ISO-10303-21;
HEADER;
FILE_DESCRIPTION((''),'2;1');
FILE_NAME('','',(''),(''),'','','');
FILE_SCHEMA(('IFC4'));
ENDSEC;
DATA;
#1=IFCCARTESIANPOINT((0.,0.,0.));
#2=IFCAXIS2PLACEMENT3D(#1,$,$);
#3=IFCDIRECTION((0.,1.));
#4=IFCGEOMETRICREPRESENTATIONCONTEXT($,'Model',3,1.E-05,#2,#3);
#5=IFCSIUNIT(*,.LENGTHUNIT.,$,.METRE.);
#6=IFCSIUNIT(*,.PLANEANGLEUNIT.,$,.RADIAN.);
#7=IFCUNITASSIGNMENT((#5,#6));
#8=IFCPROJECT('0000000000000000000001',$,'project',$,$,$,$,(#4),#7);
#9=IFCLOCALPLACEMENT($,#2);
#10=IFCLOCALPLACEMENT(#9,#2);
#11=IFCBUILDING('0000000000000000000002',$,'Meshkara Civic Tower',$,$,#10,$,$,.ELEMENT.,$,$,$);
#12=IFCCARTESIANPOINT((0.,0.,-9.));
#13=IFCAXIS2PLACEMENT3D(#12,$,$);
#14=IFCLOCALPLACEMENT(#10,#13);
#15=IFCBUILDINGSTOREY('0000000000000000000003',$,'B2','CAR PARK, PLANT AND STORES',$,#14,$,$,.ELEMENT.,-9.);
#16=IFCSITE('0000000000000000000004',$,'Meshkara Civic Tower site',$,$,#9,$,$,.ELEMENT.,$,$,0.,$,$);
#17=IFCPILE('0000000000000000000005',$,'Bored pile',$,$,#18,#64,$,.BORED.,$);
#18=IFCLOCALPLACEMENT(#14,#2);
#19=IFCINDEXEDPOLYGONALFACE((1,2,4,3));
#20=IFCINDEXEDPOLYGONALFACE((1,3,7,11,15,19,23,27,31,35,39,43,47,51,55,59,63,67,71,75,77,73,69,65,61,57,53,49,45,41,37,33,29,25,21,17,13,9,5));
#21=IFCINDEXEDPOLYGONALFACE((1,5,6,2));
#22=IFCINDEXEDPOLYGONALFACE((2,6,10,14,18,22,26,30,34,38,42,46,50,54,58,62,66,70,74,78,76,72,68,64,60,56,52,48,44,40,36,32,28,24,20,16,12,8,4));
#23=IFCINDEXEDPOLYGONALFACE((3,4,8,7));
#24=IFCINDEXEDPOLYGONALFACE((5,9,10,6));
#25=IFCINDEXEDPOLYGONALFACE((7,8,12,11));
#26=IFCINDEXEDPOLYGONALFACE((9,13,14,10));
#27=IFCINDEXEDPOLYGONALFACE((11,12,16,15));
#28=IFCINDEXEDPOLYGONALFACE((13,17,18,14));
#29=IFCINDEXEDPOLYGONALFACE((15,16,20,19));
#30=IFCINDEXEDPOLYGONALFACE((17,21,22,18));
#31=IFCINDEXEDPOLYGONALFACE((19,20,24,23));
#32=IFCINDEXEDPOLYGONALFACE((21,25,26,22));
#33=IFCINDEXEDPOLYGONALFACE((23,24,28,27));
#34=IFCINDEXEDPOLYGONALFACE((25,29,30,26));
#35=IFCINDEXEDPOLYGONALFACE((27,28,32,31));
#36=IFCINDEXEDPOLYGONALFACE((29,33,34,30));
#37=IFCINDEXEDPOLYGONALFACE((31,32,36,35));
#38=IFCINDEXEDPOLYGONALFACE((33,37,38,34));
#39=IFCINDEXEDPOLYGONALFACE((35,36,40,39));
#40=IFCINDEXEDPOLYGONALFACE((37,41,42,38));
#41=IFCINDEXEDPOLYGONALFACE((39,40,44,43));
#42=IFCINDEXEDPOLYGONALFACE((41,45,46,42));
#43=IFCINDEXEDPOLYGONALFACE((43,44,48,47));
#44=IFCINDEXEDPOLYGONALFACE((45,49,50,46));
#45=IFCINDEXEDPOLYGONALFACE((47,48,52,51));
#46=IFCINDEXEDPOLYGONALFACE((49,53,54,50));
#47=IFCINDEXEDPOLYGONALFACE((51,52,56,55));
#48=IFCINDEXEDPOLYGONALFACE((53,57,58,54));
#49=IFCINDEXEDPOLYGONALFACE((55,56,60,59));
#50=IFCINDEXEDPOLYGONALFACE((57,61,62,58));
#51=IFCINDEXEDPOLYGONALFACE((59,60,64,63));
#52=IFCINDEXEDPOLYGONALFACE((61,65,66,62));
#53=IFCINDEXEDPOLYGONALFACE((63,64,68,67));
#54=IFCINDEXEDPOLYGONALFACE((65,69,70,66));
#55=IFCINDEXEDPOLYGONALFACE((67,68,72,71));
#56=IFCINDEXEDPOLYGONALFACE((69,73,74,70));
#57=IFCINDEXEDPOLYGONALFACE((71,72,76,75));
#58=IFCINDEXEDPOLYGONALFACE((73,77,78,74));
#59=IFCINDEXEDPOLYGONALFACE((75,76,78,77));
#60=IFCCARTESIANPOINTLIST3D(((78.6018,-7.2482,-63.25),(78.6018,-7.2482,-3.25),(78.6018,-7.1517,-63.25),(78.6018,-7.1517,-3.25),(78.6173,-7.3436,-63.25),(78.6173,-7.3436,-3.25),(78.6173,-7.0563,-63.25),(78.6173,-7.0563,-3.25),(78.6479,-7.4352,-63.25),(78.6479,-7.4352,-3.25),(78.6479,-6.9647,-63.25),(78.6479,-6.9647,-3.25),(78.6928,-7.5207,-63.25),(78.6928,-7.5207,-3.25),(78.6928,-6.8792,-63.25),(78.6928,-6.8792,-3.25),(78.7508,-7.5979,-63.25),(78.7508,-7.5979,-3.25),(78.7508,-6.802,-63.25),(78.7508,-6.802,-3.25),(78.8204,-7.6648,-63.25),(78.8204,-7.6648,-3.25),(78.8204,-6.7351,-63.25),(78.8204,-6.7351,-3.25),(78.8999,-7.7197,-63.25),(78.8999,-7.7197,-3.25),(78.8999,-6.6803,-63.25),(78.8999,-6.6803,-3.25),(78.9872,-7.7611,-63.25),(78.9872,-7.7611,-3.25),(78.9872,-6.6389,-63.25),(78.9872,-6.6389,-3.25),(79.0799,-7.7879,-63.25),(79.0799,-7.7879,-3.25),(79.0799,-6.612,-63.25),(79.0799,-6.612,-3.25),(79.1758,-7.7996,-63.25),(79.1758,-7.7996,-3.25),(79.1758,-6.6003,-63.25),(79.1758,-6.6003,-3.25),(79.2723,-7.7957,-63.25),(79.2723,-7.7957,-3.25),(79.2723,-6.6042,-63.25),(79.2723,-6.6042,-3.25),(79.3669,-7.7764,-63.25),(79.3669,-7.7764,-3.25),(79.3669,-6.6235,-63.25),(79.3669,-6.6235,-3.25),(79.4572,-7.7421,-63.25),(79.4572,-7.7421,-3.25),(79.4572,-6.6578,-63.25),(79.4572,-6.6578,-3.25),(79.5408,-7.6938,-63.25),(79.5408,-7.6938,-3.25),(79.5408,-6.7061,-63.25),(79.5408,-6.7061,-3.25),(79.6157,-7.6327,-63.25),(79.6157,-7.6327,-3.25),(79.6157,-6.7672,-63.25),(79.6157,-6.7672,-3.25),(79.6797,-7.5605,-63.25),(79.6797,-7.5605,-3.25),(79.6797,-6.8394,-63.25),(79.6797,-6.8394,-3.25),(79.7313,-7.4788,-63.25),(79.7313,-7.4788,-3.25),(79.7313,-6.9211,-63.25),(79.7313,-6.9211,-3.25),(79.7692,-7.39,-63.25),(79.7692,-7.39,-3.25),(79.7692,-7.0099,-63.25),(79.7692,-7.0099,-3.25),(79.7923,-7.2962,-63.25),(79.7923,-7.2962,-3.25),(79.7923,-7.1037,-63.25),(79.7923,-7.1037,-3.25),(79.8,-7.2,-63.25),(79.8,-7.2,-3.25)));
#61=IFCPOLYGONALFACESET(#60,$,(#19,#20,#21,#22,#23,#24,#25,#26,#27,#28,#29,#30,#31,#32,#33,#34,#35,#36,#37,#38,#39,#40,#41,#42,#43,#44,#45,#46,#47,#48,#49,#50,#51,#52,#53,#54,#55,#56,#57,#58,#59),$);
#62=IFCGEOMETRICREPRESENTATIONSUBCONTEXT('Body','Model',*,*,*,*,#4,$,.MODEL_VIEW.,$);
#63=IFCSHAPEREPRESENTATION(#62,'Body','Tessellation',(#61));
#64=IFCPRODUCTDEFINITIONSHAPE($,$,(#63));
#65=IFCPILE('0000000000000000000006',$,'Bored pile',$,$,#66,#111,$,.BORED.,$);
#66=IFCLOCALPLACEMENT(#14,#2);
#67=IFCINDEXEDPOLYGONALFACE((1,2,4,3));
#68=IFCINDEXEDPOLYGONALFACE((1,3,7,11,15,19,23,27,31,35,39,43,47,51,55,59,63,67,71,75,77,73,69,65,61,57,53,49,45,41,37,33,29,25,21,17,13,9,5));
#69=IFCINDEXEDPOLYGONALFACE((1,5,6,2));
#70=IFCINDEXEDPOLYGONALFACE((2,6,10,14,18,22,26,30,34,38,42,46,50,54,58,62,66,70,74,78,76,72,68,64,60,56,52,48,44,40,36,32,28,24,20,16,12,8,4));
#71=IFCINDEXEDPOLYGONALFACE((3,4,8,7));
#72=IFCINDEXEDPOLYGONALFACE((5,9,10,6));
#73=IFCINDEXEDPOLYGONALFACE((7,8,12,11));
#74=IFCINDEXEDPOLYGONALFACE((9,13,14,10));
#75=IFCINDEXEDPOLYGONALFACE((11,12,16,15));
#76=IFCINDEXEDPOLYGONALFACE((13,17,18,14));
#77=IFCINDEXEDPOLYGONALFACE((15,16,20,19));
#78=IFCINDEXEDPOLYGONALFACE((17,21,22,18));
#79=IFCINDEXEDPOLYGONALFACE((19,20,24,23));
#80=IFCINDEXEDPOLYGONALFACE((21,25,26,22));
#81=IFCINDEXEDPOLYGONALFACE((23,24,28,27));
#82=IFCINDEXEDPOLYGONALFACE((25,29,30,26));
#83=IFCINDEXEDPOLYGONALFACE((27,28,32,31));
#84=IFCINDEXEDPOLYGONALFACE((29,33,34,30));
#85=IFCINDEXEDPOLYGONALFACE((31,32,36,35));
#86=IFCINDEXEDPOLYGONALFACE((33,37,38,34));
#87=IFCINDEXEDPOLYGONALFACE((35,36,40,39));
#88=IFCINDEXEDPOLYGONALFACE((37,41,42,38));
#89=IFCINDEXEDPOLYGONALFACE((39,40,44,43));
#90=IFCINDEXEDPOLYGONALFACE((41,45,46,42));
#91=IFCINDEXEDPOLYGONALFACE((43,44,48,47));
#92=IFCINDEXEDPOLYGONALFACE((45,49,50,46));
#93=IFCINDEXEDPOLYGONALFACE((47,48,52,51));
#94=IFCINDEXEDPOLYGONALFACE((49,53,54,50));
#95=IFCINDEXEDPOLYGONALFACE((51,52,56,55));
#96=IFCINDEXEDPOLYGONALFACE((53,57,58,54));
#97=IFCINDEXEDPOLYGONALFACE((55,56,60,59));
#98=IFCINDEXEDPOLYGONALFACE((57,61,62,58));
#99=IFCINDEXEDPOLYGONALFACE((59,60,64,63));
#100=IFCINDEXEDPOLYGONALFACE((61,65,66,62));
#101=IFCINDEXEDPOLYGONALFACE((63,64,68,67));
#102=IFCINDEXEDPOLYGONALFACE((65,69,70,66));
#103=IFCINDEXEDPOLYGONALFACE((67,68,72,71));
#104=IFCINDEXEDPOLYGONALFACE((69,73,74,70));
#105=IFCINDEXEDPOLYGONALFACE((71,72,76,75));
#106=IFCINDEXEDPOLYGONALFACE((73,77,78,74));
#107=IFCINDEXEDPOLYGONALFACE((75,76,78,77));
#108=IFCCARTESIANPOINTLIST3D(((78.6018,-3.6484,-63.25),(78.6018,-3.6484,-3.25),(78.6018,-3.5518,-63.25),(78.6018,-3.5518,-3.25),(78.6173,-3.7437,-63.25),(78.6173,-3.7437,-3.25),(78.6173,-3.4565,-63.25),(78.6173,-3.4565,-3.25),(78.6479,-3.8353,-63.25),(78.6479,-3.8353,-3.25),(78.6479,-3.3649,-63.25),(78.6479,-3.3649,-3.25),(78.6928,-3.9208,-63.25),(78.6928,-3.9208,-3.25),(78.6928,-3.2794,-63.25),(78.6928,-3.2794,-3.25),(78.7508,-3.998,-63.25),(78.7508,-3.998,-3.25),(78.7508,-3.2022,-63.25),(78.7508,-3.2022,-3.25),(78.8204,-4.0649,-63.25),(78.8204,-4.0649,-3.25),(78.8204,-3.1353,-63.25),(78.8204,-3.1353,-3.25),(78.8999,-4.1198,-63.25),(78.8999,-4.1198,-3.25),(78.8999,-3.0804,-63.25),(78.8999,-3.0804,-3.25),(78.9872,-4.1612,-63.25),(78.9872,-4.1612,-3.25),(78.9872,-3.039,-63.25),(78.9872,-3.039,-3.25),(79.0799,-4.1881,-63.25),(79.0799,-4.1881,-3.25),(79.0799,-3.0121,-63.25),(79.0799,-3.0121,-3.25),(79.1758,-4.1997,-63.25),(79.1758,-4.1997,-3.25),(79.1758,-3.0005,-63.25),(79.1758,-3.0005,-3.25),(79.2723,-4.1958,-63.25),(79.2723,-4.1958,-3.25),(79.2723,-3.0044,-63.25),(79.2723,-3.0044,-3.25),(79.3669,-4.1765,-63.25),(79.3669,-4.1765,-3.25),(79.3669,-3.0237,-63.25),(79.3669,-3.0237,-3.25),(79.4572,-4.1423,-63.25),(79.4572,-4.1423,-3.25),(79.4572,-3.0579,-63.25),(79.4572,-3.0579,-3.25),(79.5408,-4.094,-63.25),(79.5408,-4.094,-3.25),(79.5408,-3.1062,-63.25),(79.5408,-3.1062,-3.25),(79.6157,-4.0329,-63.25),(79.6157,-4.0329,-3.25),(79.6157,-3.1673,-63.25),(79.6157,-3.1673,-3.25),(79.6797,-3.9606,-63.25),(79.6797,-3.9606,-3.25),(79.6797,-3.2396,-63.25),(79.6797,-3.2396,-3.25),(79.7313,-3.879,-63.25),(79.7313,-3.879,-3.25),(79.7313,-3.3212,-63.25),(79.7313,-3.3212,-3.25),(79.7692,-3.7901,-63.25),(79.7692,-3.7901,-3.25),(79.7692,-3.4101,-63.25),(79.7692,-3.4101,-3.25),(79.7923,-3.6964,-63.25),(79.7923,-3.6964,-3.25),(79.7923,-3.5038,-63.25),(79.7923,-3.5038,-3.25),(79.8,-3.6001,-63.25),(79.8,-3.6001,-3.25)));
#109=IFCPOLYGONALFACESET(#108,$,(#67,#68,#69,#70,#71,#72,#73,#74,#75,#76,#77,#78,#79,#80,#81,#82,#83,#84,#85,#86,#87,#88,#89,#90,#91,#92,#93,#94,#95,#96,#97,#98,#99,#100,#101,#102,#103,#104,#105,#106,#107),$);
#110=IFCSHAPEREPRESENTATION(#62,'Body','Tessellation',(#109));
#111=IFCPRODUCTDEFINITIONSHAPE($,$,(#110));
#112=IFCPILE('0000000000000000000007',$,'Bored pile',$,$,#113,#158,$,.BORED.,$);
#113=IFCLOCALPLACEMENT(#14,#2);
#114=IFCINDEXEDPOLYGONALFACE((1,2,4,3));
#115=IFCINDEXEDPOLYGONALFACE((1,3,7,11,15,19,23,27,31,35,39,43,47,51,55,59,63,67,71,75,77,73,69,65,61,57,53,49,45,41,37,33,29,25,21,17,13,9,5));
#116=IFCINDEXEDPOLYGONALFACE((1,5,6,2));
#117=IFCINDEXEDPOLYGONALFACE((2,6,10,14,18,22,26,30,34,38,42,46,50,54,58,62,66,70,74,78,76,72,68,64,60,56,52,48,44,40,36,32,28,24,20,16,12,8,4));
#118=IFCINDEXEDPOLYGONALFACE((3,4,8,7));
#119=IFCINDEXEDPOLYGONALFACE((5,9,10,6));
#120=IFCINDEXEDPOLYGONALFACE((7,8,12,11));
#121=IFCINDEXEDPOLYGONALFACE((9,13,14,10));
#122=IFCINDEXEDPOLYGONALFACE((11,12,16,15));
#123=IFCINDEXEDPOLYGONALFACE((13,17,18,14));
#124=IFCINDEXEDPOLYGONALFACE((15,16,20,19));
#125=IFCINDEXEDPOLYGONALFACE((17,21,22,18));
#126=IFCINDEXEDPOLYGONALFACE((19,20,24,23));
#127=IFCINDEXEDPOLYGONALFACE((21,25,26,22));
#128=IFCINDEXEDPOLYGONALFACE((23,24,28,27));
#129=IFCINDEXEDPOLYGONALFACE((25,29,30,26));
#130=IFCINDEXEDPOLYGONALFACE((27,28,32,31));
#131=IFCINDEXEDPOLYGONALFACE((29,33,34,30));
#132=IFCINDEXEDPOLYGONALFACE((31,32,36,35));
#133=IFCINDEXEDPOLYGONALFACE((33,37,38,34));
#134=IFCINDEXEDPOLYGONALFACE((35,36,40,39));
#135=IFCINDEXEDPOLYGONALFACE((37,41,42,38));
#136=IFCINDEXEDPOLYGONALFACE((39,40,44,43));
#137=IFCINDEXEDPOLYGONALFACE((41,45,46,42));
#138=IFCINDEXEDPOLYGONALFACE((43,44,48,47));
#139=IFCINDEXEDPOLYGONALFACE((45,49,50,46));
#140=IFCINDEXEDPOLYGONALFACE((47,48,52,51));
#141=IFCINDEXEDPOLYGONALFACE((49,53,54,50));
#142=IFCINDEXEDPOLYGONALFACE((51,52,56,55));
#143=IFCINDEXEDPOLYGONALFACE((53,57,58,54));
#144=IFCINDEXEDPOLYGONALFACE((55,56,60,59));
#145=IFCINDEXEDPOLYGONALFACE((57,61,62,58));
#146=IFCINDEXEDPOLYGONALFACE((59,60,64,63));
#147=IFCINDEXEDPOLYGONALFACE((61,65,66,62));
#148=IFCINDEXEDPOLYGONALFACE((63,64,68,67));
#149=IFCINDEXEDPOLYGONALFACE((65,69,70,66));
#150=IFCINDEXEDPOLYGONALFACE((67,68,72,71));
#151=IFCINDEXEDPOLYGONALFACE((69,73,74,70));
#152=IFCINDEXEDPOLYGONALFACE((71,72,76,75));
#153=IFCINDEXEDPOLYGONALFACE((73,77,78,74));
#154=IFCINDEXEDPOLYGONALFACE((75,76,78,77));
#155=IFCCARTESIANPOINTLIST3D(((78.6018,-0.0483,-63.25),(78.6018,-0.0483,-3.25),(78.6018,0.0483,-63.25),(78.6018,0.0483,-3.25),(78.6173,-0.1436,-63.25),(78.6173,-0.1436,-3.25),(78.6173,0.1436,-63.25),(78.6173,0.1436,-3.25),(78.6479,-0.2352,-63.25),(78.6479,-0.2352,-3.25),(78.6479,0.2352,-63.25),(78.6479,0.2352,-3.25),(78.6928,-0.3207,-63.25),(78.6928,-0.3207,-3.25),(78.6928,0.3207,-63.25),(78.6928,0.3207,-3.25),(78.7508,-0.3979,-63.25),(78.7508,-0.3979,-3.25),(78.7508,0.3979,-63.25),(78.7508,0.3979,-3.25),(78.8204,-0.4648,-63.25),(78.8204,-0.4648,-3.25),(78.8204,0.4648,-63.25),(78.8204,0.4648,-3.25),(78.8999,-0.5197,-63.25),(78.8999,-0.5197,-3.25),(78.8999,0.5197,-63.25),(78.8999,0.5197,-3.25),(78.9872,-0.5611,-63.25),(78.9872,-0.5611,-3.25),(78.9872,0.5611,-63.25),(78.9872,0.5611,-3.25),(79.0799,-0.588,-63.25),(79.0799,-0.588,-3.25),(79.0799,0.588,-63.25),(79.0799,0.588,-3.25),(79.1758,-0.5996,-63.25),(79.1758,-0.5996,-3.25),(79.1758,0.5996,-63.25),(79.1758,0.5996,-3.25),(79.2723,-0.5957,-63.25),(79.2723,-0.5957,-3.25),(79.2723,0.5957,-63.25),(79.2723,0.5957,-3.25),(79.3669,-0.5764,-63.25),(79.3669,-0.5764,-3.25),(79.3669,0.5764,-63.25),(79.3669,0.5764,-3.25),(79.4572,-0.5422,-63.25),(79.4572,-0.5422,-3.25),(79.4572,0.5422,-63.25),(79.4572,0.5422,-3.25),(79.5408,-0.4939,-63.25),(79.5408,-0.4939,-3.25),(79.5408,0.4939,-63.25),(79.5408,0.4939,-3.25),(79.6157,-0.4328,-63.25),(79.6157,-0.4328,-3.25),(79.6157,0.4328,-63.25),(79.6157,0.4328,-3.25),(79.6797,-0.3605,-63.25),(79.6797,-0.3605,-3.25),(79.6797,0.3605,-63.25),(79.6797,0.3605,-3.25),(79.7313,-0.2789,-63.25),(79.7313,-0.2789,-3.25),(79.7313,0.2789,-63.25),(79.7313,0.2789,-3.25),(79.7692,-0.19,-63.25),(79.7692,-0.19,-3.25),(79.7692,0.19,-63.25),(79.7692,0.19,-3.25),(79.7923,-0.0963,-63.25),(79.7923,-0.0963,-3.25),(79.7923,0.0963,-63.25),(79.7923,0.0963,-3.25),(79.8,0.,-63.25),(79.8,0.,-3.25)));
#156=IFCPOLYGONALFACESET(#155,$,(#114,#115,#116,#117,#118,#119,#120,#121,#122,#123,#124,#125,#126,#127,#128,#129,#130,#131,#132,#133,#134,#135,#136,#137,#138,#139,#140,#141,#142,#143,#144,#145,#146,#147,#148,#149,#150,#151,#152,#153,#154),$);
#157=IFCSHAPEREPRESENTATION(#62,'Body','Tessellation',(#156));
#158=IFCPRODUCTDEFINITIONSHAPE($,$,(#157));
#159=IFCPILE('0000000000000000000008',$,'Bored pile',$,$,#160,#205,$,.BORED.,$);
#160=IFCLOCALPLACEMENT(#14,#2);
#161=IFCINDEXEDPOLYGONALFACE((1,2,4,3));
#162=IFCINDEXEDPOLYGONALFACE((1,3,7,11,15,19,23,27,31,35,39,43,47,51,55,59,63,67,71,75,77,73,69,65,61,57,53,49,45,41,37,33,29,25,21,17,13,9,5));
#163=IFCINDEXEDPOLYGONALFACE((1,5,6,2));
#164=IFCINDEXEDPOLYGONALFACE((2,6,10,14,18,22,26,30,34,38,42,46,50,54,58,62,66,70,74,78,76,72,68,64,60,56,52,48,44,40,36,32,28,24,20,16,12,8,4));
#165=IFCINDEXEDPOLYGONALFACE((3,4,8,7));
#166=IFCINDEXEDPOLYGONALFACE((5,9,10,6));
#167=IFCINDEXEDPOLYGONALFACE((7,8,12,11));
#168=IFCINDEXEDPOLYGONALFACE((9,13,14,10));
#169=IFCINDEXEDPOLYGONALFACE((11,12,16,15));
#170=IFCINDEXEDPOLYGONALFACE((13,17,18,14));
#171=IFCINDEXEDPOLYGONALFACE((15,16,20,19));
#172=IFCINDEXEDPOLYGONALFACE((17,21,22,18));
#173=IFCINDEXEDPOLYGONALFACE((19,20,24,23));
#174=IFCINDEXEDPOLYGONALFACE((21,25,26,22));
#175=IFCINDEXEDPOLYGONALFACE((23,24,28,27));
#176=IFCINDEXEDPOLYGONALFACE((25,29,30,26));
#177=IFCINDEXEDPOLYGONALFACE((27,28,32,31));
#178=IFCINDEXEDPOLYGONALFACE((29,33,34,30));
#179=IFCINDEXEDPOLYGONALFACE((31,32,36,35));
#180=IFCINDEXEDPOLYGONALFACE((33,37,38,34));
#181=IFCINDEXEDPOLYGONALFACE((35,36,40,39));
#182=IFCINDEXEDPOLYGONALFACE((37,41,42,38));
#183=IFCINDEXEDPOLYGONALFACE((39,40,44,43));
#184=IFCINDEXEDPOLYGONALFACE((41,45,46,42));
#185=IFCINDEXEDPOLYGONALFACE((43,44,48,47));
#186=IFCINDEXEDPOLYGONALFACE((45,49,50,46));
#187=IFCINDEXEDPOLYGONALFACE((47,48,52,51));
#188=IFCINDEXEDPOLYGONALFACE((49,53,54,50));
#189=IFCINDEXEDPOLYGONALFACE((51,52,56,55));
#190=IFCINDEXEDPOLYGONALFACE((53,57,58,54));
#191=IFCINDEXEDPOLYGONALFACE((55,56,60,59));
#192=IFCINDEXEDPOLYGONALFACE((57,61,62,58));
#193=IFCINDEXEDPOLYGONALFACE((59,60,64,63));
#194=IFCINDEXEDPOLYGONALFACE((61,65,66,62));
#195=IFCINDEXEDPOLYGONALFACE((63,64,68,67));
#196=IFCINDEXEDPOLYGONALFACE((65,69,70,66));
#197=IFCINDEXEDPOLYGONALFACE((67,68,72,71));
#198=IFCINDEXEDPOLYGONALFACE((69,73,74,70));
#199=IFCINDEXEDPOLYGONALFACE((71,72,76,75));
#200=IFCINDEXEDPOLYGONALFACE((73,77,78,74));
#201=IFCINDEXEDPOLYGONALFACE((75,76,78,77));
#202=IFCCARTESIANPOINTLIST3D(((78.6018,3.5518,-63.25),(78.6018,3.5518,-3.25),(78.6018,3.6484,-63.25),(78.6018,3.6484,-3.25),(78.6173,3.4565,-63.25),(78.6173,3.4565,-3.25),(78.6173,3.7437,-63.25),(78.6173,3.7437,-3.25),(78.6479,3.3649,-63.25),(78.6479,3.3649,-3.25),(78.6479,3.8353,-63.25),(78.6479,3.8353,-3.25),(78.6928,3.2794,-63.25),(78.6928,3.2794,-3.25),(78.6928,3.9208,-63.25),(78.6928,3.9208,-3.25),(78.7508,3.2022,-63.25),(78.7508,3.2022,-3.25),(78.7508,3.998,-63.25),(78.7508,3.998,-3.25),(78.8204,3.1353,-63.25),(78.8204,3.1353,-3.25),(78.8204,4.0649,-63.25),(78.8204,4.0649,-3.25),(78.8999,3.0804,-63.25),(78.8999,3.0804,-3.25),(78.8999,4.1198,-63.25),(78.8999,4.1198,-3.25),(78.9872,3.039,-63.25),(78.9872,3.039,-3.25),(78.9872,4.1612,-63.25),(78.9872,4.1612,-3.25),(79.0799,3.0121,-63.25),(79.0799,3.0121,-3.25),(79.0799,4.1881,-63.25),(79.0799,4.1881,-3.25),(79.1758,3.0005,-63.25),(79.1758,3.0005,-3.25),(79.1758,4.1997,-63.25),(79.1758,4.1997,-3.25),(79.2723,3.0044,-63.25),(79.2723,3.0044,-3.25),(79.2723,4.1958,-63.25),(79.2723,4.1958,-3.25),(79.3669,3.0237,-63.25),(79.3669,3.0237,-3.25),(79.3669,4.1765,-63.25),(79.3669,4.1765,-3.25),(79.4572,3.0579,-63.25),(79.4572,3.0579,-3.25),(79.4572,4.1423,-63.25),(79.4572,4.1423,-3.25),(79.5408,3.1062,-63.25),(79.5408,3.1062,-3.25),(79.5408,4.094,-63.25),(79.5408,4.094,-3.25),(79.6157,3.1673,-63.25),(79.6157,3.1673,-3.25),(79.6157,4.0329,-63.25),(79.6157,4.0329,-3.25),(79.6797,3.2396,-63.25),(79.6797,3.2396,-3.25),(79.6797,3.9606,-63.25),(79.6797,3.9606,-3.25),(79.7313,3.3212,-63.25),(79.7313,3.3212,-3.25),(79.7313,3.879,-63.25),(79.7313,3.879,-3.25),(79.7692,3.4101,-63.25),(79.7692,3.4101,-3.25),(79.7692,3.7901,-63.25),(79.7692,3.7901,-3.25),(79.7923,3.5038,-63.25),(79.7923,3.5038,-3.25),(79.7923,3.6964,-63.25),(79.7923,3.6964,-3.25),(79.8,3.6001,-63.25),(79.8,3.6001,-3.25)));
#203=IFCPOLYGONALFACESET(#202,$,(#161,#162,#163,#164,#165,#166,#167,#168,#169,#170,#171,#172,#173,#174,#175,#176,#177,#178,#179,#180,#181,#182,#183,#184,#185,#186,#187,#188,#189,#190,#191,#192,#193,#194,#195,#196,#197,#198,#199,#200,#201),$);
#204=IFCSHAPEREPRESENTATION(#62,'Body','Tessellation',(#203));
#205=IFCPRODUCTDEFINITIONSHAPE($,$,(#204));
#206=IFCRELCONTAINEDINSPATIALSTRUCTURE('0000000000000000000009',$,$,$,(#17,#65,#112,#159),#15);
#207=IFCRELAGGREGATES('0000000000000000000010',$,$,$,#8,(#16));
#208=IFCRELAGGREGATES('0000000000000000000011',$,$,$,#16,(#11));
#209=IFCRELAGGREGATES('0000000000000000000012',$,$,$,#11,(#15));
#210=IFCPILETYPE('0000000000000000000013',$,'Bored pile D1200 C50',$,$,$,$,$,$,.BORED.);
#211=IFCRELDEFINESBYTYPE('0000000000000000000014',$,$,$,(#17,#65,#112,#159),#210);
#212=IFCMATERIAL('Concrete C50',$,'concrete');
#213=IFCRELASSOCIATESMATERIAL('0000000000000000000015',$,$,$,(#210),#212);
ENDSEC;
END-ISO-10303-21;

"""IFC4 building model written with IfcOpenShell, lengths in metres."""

from ifc_helpers import new_model, si_unit, direction, frame, origin, origin_2d, place, context, subcontext, project, spatial, circle, extrude, material, material_profile, profile_set, type_object, element, save


model = new_model("IFC4")

# Units and contexts
model_context = context("Model", 3, precision=1e-05, world=origin(), true_north=direction((0.0, 1.0)))
body_context = subcontext(model_context, "Body", "Model", "MODEL_VIEW")
ifc_project = project(units=[si_unit("LENGTHUNIT", "METRE"), si_unit("PLANEANGLEUNIT", "RADIAN")], contexts=[model_context])

# Site, building, storey
site_placement = place(None, origin())
site = spatial("IfcSite", under=ifc_project, at=site_placement, Name="Meshkara Civic Tower site", CompositionType="ELEMENT", RefElevation=0.0)
building_placement = place(site_placement, origin())
building = spatial("IfcBuilding", under=site, at=building_placement, Name="Meshkara Civic Tower", CompositionType="ELEMENT")
storey_placement = place(building_placement, frame((0.0, 0.0, -9.0)))
storey = spatial("IfcBuildingStorey", under=building, at=storey_placement, Name="B2", Description="CAR PARK, PLANT AND STORES", CompositionType="ELEMENT", Elevation=-9.0)

# Piles
ifc_material_1 = material(Name="Concrete C50", Category="concrete")
ifc_material_profile_1 = material_profile(ifc_material_1, circle(Radius=0.6001, at=origin_2d()))
ifc_profile_set_1 = profile_set([ifc_material_profile_1], Name="Concrete C50")
pile_type = type_object("IfcPileType", Name="Bored pile D1200 C50", PredefinedType="BORED", material=ifc_profile_set_1)
for number, where, z_axis, x_axis, name in (
    (1, (79.2, -7.2, -3.25), (0.0, 0.0, -1.0), (1.0, 0.0, 0.0), "Bored pile"),
    (2, (79.2, -3.6001, -3.25), (0.0, 0.0, -1.0), (1.0, 0.0, 0.0), "Bored pile"),
    (3, (79.2, 0.0, -3.25), (0.0, 0.0, -1.0), (1.0, 0.0, 0.0), "Bored pile"),
    (4, (79.2, 3.6001, -3.25), (0.0, 0.0, -1.0), (1.0, 0.0, 0.0), "Bored pile"),
):
    element("IfcPile", number, at=place(storey_placement, frame(where, z_axis=z_axis, x_axis=x_axis)), inside=storey, type_object=pile_type, Name=name, PredefinedType="BORED", context=body_context, shape_type="SweptSolid", body=[
        extrude(circle(Radius=0.6001, at=origin_2d()), origin(), (0.0, 0.0, 1.0), 60.0),
    ])

save(model, "model.ifc")
